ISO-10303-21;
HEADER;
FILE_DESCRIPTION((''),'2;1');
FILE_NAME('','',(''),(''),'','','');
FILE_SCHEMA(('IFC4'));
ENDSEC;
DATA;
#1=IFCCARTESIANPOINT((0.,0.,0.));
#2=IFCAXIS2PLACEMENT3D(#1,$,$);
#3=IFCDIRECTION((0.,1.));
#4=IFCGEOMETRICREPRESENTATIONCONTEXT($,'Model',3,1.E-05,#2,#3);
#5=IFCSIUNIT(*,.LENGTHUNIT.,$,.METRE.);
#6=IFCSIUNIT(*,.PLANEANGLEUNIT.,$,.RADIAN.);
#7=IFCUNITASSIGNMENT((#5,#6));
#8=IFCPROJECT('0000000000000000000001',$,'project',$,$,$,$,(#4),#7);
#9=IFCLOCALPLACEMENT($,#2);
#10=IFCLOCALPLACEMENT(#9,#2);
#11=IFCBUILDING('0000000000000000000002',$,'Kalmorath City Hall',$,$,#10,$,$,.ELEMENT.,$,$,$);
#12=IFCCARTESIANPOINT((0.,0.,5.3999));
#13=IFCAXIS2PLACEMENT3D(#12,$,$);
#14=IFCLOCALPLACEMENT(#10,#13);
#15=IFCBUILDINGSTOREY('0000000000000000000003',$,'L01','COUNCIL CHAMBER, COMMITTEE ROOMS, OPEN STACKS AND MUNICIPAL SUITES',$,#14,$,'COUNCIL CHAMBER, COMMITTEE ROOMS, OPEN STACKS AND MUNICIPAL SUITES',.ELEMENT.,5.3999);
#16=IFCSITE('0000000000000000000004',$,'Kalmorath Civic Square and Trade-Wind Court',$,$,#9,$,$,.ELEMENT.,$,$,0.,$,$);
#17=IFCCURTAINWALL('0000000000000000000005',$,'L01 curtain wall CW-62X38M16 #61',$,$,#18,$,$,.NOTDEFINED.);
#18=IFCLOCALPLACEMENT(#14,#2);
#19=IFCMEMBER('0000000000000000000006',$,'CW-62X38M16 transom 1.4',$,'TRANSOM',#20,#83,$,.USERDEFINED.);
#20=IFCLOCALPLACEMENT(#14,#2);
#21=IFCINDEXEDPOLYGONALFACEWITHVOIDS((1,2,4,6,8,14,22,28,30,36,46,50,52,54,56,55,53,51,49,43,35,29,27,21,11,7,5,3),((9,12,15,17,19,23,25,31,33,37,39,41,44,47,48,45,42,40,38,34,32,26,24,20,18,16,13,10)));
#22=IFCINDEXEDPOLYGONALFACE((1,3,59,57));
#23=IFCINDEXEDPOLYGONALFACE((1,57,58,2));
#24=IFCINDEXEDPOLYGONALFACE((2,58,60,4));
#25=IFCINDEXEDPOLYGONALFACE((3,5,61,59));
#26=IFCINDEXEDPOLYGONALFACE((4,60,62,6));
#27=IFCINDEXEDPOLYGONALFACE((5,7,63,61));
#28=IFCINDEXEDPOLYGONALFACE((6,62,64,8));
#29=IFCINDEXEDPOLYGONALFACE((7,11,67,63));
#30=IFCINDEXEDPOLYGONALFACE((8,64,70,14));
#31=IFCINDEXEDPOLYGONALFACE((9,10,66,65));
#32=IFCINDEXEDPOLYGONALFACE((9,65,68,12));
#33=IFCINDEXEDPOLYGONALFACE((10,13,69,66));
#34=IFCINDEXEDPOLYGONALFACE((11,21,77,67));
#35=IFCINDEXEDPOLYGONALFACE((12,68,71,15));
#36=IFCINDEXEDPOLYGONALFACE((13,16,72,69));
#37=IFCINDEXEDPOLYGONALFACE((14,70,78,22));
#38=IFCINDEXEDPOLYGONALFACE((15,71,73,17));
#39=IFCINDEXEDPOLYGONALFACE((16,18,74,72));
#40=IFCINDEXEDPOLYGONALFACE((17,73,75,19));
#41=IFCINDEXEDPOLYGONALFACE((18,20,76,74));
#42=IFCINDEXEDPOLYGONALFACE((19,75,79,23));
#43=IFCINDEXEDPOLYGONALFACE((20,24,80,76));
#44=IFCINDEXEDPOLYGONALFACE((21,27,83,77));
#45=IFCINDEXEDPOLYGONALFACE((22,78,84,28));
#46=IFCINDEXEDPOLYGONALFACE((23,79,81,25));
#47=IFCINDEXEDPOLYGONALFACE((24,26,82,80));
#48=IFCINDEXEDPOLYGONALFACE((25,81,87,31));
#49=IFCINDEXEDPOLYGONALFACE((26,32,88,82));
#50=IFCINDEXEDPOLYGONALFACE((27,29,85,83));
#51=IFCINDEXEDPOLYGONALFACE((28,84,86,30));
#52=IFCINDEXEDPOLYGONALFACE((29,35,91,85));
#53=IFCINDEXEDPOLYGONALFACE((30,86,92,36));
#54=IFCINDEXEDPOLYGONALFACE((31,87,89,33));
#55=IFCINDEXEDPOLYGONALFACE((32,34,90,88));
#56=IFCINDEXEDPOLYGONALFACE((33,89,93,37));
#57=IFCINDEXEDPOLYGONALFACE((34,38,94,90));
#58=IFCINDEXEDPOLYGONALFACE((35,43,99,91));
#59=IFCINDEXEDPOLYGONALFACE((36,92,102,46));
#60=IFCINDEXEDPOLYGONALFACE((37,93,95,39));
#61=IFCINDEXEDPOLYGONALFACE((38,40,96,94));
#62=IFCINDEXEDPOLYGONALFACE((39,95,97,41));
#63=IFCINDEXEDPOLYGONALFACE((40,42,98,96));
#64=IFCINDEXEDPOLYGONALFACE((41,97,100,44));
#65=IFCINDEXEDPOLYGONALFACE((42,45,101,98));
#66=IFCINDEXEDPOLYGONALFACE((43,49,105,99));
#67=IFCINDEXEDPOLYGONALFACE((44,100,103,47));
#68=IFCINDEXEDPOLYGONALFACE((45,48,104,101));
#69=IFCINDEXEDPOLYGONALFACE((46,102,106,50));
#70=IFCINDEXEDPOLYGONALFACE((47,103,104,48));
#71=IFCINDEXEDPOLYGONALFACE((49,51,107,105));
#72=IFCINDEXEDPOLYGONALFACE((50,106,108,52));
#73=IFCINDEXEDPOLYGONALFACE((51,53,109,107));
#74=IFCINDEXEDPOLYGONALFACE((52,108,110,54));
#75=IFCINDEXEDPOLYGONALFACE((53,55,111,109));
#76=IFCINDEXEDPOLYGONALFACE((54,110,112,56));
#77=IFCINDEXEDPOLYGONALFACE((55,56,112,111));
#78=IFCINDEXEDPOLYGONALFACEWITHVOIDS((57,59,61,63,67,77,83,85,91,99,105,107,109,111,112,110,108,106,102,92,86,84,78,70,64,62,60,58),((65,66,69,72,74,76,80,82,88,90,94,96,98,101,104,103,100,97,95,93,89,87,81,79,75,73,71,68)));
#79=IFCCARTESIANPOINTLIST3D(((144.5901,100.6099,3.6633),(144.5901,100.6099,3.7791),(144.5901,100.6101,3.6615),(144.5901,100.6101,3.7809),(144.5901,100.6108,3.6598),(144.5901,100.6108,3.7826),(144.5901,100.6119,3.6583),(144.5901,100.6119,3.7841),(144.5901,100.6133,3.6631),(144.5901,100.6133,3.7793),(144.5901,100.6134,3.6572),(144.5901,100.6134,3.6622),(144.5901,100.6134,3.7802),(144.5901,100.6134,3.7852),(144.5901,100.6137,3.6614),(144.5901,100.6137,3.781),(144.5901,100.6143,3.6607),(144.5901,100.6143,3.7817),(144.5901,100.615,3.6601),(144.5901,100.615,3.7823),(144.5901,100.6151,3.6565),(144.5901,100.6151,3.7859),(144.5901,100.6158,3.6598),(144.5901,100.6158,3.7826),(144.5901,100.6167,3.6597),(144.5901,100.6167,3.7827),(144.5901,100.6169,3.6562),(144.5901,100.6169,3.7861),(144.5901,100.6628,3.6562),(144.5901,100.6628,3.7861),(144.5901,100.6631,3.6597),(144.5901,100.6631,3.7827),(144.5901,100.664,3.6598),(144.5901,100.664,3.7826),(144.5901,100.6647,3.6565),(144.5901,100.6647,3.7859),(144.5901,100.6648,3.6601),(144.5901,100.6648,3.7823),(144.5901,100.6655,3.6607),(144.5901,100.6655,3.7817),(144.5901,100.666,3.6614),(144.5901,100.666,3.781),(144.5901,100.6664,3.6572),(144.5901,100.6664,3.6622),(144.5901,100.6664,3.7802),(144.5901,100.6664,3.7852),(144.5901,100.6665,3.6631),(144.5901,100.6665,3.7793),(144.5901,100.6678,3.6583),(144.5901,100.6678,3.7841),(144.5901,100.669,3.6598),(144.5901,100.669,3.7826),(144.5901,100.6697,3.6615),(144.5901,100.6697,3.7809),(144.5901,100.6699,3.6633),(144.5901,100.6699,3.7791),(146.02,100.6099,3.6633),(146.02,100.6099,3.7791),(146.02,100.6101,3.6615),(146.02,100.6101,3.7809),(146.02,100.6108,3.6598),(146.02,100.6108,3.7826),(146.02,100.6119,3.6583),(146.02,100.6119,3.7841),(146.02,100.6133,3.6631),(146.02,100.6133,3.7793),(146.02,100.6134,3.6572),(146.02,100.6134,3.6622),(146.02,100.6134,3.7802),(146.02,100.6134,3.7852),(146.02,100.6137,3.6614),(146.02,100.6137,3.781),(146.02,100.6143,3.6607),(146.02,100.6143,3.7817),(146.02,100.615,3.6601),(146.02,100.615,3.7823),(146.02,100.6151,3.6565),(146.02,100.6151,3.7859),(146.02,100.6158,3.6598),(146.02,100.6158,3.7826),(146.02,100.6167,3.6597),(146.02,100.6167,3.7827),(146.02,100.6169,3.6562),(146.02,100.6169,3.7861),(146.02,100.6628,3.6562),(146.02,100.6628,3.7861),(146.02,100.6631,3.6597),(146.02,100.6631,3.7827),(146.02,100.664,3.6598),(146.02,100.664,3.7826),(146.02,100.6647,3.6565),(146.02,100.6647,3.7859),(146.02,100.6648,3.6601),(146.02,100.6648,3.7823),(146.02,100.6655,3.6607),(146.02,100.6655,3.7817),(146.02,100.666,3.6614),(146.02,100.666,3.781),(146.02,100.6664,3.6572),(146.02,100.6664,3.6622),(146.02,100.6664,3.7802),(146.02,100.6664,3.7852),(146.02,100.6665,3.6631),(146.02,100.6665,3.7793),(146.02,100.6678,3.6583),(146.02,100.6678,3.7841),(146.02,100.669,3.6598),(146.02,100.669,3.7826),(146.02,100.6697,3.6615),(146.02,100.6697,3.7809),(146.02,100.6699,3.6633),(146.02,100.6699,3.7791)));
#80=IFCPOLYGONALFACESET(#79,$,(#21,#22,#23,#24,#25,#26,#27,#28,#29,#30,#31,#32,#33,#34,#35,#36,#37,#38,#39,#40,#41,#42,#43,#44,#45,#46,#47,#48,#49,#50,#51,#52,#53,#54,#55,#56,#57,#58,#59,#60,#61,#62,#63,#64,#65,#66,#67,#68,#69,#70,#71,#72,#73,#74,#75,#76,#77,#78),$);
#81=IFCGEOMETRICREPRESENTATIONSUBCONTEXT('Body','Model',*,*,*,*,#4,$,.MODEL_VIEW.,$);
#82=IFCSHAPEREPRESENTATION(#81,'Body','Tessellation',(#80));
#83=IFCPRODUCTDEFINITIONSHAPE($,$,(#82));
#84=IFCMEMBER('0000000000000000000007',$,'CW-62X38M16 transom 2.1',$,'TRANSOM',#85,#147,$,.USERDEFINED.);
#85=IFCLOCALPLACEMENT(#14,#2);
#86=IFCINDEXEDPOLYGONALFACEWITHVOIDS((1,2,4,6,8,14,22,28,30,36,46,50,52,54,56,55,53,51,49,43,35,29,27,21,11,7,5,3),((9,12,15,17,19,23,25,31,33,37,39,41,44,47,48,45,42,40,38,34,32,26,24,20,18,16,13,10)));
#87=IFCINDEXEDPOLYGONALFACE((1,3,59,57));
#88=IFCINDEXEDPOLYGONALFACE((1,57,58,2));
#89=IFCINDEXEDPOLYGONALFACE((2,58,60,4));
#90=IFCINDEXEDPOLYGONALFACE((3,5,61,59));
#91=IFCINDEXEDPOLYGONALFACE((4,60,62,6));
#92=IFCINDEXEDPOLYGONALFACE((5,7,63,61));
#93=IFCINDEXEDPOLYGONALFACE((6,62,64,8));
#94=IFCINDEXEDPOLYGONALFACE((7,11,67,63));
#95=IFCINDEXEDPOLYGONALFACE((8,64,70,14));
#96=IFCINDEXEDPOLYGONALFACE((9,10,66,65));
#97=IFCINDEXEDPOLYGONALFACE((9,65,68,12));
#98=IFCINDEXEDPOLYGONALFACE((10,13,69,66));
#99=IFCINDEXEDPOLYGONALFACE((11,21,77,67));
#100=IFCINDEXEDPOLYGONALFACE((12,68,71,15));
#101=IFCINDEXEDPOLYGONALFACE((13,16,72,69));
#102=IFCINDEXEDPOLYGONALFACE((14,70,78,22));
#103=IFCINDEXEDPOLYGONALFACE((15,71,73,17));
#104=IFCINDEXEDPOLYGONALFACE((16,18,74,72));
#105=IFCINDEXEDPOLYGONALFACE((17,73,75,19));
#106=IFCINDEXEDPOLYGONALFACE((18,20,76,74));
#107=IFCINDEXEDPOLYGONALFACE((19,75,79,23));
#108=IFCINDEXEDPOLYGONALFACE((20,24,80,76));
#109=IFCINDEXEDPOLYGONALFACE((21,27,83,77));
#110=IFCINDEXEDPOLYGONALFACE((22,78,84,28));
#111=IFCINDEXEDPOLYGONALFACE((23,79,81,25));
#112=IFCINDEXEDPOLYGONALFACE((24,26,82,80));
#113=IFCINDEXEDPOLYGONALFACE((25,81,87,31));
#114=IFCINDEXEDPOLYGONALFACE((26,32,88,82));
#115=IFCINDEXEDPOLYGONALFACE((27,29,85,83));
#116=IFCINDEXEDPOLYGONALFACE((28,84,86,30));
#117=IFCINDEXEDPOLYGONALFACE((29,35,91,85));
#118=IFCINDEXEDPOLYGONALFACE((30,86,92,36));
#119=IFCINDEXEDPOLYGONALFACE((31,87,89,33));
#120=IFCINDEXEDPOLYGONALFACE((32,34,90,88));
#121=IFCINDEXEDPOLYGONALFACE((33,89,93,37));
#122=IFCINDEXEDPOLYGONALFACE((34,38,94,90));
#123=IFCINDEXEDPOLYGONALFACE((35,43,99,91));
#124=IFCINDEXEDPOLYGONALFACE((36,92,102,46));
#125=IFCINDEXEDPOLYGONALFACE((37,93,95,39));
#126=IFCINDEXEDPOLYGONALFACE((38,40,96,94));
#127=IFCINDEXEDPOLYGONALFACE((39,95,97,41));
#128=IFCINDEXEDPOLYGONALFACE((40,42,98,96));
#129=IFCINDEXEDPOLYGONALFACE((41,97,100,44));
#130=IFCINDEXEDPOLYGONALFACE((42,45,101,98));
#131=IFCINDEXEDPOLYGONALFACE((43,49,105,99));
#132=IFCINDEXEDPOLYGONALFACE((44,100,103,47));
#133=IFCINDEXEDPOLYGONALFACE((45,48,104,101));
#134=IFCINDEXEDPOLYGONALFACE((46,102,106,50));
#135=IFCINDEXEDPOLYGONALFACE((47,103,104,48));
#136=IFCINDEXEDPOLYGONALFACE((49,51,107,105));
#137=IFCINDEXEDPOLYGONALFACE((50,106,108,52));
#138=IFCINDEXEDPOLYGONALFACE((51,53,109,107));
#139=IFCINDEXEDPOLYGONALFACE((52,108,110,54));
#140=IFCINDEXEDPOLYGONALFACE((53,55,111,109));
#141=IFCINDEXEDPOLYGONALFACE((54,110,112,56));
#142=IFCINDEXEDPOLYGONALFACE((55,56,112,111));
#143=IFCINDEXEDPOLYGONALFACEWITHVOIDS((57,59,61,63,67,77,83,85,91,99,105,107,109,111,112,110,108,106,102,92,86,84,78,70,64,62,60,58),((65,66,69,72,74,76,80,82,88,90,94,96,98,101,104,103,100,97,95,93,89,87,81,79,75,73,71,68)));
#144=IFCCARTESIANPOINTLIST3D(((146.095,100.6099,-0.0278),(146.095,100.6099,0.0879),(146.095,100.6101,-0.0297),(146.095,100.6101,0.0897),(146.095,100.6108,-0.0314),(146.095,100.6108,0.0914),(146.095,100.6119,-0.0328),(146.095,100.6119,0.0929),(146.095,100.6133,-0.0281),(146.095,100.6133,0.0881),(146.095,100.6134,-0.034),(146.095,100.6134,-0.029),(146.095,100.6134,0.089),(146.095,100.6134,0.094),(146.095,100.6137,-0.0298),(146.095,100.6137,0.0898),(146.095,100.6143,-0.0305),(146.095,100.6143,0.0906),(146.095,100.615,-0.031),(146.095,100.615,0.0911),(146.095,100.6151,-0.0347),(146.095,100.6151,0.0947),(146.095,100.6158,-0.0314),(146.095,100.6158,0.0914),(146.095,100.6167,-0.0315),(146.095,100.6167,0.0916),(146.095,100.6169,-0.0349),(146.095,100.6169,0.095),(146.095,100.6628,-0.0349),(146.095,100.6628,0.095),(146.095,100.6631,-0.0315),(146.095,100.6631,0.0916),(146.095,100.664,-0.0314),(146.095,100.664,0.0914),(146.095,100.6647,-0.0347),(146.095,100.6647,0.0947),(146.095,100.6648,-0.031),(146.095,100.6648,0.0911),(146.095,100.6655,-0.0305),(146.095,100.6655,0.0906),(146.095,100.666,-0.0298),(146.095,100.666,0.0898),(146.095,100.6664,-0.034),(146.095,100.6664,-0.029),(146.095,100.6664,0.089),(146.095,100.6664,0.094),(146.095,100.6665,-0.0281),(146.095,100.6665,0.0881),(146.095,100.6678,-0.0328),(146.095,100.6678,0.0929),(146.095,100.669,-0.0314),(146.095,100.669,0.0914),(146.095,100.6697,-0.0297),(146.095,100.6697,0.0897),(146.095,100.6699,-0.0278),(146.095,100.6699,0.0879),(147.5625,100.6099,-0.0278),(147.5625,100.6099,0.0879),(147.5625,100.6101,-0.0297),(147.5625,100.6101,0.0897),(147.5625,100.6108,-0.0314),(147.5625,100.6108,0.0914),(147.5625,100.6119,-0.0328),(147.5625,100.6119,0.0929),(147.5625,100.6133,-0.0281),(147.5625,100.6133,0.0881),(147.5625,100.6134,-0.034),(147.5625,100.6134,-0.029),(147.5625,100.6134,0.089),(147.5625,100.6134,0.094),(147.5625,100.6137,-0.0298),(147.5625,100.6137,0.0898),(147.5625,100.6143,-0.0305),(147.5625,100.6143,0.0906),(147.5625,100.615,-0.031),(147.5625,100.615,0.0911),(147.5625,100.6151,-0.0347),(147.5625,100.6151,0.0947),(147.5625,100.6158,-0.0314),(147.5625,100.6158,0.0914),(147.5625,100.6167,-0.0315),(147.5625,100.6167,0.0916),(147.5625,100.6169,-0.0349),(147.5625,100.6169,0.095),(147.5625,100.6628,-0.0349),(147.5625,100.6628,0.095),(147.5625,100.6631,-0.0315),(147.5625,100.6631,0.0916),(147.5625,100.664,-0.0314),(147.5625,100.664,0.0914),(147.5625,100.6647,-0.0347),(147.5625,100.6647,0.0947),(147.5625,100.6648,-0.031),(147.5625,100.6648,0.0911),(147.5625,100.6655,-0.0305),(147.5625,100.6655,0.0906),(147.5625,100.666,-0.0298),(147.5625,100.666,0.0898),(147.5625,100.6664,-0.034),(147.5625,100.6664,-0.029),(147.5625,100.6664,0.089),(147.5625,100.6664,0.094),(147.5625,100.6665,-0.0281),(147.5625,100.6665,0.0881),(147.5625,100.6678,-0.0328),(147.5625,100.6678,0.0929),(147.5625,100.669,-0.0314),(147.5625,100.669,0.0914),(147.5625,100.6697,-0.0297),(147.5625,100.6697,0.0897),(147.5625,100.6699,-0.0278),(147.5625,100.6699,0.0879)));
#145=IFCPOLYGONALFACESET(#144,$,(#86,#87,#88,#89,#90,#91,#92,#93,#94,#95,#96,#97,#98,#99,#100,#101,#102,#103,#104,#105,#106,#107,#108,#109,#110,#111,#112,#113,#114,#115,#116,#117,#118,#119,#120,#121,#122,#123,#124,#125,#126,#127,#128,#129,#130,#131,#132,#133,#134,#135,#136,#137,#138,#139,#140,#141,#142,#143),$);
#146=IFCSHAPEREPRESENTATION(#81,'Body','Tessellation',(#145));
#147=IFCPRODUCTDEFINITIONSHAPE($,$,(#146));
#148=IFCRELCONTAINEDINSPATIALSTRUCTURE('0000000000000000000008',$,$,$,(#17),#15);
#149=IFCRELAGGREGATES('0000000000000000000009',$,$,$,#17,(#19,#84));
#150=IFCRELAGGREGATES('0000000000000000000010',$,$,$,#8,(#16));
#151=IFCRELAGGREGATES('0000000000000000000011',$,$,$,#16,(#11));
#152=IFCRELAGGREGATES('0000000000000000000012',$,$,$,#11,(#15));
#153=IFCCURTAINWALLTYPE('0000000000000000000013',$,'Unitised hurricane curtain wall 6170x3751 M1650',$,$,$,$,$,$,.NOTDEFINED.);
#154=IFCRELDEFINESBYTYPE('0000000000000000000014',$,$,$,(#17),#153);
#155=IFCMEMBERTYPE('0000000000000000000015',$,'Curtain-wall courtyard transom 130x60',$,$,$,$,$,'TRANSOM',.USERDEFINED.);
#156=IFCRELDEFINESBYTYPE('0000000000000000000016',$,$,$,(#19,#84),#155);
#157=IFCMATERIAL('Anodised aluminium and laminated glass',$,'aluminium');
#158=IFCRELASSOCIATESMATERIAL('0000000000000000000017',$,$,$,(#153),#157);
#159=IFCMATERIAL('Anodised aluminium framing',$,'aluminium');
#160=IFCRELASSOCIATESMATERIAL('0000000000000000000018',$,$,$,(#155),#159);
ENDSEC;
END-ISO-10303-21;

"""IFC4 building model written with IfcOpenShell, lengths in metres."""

from ifc_helpers import new_model, si_unit, direction, frame, origin, origin_2d, place, context, subcontext, project, spatial, hollow_rectangle, extrude, material, material_profile, profile_set, type_object, element, aggregate, save


model = new_model("IFC4")

# Units and contexts
model_context = context("Model", 3, precision=1e-05, world=origin(), true_north=direction((0.0, 1.0)))
body_context = subcontext(model_context, "Body", "Model", "MODEL_VIEW")
ifc_project = project(units=[si_unit("LENGTHUNIT", "METRE"), si_unit("PLANEANGLEUNIT", "RADIAN")], contexts=[model_context])

# Site, building, storey
site_placement = place(None, origin())
site = spatial("IfcSite", under=ifc_project, at=site_placement, Name="Kalmorath Civic Square and Trade-Wind Court", CompositionType="ELEMENT", RefElevation=0.0)
building_placement = place(site_placement, origin())
building = spatial("IfcBuilding", under=site, at=building_placement, Name="Kalmorath City Hall", CompositionType="ELEMENT")
storey_placement = place(building_placement, frame((0.0, 0.0, 5.3999)))
storey = spatial("IfcBuildingStorey", under=building, at=storey_placement, Name="L01", Description="COUNCIL CHAMBER, COMMITTEE ROOMS, OPEN STACKS AND MUNICIPAL SUITES", LongName="COUNCIL CHAMBER, COMMITTEE ROOMS, OPEN STACKS AND MUNICIPAL SUITES", CompositionType="ELEMENT", Elevation=5.3999)

# Curtain wall, members
ifc_material_1 = material(Name="Anodised aluminium and laminated glass", Category="aluminium")
curtain_wall_type = type_object("IfcCurtainWallType", Name="Unitised hurricane curtain wall 6170x3751 M1650", PredefinedType="NOTDEFINED", material=ifc_material_1)
curtain_wall_placement = place(storey_placement, origin())
curtain_wall = element("IfcCurtainWall", 1, at=curtain_wall_placement, inside=storey, type_object=curtain_wall_type, Name="L01 curtain wall CW-62X38M16 #61", PredefinedType="NOTDEFINED")
ifc_material_2 = material(Name="Anodised aluminium framing", Category="aluminium")
ifc_material_profile_1 = material_profile(ifc_material_2, hollow_rectangle(XDim=0.0601, YDim=0.1299, WallThickness=0.0034, InnerFilletRadius=0.0034, OuterFilletRadius=0.0071, at=origin_2d()), Name="ALU-TRN-130X60X3.5")
ifc_profile_set_1 = profile_set([ifc_material_profile_1], Name="Anodised aluminium framing")
member_type_1 = type_object("IfcMemberType", Name="Curtain-wall courtyard transom 130x60", ElementType="TRANSOM", PredefinedType="USERDEFINED", material=ifc_profile_set_1)
member_1_placement = place(storey_placement, frame((144.5901, 100.6399, 3.7212), z_axis=(1.0, 0.0, 0.0), x_axis=(0.0, 1.0, 0.0)))
member_1 = element("IfcMember", 2, at=member_1_placement, type_object=member_type_1, Name="CW-62X38M16 transom 1.4", ObjectType="TRANSOM", PredefinedType="USERDEFINED", context=body_context, shape_type="SweptSolid", body=[
    extrude(hollow_rectangle(XDim=0.0601, YDim=0.1299, WallThickness=0.0034, InnerFilletRadius=0.0034, OuterFilletRadius=0.0071, at=origin_2d()), origin(), (0.0, 0.0, 1.0), 1.4299),
])
member_2_placement = place(storey_placement, frame((146.095, 100.6399, 0.03), z_axis=(1.0, 0.0, 0.0), x_axis=(0.0, 1.0, 0.0)))
member_2 = element("IfcMember", 3, at=member_2_placement, type_object=member_type_1, Name="CW-62X38M16 transom 2.1", ObjectType="TRANSOM", PredefinedType="USERDEFINED", context=body_context, shape_type="SweptSolid", body=[
    extrude(hollow_rectangle(XDim=0.0601, YDim=0.1299, WallThickness=0.0034, InnerFilletRadius=0.0034, OuterFilletRadius=0.0071, at=origin_2d()), origin(), (0.0, 0.0, 1.0), 1.4675),
])

aggregate(curtain_wall, [member_1, member_2])

save(model, "model.ifc")
